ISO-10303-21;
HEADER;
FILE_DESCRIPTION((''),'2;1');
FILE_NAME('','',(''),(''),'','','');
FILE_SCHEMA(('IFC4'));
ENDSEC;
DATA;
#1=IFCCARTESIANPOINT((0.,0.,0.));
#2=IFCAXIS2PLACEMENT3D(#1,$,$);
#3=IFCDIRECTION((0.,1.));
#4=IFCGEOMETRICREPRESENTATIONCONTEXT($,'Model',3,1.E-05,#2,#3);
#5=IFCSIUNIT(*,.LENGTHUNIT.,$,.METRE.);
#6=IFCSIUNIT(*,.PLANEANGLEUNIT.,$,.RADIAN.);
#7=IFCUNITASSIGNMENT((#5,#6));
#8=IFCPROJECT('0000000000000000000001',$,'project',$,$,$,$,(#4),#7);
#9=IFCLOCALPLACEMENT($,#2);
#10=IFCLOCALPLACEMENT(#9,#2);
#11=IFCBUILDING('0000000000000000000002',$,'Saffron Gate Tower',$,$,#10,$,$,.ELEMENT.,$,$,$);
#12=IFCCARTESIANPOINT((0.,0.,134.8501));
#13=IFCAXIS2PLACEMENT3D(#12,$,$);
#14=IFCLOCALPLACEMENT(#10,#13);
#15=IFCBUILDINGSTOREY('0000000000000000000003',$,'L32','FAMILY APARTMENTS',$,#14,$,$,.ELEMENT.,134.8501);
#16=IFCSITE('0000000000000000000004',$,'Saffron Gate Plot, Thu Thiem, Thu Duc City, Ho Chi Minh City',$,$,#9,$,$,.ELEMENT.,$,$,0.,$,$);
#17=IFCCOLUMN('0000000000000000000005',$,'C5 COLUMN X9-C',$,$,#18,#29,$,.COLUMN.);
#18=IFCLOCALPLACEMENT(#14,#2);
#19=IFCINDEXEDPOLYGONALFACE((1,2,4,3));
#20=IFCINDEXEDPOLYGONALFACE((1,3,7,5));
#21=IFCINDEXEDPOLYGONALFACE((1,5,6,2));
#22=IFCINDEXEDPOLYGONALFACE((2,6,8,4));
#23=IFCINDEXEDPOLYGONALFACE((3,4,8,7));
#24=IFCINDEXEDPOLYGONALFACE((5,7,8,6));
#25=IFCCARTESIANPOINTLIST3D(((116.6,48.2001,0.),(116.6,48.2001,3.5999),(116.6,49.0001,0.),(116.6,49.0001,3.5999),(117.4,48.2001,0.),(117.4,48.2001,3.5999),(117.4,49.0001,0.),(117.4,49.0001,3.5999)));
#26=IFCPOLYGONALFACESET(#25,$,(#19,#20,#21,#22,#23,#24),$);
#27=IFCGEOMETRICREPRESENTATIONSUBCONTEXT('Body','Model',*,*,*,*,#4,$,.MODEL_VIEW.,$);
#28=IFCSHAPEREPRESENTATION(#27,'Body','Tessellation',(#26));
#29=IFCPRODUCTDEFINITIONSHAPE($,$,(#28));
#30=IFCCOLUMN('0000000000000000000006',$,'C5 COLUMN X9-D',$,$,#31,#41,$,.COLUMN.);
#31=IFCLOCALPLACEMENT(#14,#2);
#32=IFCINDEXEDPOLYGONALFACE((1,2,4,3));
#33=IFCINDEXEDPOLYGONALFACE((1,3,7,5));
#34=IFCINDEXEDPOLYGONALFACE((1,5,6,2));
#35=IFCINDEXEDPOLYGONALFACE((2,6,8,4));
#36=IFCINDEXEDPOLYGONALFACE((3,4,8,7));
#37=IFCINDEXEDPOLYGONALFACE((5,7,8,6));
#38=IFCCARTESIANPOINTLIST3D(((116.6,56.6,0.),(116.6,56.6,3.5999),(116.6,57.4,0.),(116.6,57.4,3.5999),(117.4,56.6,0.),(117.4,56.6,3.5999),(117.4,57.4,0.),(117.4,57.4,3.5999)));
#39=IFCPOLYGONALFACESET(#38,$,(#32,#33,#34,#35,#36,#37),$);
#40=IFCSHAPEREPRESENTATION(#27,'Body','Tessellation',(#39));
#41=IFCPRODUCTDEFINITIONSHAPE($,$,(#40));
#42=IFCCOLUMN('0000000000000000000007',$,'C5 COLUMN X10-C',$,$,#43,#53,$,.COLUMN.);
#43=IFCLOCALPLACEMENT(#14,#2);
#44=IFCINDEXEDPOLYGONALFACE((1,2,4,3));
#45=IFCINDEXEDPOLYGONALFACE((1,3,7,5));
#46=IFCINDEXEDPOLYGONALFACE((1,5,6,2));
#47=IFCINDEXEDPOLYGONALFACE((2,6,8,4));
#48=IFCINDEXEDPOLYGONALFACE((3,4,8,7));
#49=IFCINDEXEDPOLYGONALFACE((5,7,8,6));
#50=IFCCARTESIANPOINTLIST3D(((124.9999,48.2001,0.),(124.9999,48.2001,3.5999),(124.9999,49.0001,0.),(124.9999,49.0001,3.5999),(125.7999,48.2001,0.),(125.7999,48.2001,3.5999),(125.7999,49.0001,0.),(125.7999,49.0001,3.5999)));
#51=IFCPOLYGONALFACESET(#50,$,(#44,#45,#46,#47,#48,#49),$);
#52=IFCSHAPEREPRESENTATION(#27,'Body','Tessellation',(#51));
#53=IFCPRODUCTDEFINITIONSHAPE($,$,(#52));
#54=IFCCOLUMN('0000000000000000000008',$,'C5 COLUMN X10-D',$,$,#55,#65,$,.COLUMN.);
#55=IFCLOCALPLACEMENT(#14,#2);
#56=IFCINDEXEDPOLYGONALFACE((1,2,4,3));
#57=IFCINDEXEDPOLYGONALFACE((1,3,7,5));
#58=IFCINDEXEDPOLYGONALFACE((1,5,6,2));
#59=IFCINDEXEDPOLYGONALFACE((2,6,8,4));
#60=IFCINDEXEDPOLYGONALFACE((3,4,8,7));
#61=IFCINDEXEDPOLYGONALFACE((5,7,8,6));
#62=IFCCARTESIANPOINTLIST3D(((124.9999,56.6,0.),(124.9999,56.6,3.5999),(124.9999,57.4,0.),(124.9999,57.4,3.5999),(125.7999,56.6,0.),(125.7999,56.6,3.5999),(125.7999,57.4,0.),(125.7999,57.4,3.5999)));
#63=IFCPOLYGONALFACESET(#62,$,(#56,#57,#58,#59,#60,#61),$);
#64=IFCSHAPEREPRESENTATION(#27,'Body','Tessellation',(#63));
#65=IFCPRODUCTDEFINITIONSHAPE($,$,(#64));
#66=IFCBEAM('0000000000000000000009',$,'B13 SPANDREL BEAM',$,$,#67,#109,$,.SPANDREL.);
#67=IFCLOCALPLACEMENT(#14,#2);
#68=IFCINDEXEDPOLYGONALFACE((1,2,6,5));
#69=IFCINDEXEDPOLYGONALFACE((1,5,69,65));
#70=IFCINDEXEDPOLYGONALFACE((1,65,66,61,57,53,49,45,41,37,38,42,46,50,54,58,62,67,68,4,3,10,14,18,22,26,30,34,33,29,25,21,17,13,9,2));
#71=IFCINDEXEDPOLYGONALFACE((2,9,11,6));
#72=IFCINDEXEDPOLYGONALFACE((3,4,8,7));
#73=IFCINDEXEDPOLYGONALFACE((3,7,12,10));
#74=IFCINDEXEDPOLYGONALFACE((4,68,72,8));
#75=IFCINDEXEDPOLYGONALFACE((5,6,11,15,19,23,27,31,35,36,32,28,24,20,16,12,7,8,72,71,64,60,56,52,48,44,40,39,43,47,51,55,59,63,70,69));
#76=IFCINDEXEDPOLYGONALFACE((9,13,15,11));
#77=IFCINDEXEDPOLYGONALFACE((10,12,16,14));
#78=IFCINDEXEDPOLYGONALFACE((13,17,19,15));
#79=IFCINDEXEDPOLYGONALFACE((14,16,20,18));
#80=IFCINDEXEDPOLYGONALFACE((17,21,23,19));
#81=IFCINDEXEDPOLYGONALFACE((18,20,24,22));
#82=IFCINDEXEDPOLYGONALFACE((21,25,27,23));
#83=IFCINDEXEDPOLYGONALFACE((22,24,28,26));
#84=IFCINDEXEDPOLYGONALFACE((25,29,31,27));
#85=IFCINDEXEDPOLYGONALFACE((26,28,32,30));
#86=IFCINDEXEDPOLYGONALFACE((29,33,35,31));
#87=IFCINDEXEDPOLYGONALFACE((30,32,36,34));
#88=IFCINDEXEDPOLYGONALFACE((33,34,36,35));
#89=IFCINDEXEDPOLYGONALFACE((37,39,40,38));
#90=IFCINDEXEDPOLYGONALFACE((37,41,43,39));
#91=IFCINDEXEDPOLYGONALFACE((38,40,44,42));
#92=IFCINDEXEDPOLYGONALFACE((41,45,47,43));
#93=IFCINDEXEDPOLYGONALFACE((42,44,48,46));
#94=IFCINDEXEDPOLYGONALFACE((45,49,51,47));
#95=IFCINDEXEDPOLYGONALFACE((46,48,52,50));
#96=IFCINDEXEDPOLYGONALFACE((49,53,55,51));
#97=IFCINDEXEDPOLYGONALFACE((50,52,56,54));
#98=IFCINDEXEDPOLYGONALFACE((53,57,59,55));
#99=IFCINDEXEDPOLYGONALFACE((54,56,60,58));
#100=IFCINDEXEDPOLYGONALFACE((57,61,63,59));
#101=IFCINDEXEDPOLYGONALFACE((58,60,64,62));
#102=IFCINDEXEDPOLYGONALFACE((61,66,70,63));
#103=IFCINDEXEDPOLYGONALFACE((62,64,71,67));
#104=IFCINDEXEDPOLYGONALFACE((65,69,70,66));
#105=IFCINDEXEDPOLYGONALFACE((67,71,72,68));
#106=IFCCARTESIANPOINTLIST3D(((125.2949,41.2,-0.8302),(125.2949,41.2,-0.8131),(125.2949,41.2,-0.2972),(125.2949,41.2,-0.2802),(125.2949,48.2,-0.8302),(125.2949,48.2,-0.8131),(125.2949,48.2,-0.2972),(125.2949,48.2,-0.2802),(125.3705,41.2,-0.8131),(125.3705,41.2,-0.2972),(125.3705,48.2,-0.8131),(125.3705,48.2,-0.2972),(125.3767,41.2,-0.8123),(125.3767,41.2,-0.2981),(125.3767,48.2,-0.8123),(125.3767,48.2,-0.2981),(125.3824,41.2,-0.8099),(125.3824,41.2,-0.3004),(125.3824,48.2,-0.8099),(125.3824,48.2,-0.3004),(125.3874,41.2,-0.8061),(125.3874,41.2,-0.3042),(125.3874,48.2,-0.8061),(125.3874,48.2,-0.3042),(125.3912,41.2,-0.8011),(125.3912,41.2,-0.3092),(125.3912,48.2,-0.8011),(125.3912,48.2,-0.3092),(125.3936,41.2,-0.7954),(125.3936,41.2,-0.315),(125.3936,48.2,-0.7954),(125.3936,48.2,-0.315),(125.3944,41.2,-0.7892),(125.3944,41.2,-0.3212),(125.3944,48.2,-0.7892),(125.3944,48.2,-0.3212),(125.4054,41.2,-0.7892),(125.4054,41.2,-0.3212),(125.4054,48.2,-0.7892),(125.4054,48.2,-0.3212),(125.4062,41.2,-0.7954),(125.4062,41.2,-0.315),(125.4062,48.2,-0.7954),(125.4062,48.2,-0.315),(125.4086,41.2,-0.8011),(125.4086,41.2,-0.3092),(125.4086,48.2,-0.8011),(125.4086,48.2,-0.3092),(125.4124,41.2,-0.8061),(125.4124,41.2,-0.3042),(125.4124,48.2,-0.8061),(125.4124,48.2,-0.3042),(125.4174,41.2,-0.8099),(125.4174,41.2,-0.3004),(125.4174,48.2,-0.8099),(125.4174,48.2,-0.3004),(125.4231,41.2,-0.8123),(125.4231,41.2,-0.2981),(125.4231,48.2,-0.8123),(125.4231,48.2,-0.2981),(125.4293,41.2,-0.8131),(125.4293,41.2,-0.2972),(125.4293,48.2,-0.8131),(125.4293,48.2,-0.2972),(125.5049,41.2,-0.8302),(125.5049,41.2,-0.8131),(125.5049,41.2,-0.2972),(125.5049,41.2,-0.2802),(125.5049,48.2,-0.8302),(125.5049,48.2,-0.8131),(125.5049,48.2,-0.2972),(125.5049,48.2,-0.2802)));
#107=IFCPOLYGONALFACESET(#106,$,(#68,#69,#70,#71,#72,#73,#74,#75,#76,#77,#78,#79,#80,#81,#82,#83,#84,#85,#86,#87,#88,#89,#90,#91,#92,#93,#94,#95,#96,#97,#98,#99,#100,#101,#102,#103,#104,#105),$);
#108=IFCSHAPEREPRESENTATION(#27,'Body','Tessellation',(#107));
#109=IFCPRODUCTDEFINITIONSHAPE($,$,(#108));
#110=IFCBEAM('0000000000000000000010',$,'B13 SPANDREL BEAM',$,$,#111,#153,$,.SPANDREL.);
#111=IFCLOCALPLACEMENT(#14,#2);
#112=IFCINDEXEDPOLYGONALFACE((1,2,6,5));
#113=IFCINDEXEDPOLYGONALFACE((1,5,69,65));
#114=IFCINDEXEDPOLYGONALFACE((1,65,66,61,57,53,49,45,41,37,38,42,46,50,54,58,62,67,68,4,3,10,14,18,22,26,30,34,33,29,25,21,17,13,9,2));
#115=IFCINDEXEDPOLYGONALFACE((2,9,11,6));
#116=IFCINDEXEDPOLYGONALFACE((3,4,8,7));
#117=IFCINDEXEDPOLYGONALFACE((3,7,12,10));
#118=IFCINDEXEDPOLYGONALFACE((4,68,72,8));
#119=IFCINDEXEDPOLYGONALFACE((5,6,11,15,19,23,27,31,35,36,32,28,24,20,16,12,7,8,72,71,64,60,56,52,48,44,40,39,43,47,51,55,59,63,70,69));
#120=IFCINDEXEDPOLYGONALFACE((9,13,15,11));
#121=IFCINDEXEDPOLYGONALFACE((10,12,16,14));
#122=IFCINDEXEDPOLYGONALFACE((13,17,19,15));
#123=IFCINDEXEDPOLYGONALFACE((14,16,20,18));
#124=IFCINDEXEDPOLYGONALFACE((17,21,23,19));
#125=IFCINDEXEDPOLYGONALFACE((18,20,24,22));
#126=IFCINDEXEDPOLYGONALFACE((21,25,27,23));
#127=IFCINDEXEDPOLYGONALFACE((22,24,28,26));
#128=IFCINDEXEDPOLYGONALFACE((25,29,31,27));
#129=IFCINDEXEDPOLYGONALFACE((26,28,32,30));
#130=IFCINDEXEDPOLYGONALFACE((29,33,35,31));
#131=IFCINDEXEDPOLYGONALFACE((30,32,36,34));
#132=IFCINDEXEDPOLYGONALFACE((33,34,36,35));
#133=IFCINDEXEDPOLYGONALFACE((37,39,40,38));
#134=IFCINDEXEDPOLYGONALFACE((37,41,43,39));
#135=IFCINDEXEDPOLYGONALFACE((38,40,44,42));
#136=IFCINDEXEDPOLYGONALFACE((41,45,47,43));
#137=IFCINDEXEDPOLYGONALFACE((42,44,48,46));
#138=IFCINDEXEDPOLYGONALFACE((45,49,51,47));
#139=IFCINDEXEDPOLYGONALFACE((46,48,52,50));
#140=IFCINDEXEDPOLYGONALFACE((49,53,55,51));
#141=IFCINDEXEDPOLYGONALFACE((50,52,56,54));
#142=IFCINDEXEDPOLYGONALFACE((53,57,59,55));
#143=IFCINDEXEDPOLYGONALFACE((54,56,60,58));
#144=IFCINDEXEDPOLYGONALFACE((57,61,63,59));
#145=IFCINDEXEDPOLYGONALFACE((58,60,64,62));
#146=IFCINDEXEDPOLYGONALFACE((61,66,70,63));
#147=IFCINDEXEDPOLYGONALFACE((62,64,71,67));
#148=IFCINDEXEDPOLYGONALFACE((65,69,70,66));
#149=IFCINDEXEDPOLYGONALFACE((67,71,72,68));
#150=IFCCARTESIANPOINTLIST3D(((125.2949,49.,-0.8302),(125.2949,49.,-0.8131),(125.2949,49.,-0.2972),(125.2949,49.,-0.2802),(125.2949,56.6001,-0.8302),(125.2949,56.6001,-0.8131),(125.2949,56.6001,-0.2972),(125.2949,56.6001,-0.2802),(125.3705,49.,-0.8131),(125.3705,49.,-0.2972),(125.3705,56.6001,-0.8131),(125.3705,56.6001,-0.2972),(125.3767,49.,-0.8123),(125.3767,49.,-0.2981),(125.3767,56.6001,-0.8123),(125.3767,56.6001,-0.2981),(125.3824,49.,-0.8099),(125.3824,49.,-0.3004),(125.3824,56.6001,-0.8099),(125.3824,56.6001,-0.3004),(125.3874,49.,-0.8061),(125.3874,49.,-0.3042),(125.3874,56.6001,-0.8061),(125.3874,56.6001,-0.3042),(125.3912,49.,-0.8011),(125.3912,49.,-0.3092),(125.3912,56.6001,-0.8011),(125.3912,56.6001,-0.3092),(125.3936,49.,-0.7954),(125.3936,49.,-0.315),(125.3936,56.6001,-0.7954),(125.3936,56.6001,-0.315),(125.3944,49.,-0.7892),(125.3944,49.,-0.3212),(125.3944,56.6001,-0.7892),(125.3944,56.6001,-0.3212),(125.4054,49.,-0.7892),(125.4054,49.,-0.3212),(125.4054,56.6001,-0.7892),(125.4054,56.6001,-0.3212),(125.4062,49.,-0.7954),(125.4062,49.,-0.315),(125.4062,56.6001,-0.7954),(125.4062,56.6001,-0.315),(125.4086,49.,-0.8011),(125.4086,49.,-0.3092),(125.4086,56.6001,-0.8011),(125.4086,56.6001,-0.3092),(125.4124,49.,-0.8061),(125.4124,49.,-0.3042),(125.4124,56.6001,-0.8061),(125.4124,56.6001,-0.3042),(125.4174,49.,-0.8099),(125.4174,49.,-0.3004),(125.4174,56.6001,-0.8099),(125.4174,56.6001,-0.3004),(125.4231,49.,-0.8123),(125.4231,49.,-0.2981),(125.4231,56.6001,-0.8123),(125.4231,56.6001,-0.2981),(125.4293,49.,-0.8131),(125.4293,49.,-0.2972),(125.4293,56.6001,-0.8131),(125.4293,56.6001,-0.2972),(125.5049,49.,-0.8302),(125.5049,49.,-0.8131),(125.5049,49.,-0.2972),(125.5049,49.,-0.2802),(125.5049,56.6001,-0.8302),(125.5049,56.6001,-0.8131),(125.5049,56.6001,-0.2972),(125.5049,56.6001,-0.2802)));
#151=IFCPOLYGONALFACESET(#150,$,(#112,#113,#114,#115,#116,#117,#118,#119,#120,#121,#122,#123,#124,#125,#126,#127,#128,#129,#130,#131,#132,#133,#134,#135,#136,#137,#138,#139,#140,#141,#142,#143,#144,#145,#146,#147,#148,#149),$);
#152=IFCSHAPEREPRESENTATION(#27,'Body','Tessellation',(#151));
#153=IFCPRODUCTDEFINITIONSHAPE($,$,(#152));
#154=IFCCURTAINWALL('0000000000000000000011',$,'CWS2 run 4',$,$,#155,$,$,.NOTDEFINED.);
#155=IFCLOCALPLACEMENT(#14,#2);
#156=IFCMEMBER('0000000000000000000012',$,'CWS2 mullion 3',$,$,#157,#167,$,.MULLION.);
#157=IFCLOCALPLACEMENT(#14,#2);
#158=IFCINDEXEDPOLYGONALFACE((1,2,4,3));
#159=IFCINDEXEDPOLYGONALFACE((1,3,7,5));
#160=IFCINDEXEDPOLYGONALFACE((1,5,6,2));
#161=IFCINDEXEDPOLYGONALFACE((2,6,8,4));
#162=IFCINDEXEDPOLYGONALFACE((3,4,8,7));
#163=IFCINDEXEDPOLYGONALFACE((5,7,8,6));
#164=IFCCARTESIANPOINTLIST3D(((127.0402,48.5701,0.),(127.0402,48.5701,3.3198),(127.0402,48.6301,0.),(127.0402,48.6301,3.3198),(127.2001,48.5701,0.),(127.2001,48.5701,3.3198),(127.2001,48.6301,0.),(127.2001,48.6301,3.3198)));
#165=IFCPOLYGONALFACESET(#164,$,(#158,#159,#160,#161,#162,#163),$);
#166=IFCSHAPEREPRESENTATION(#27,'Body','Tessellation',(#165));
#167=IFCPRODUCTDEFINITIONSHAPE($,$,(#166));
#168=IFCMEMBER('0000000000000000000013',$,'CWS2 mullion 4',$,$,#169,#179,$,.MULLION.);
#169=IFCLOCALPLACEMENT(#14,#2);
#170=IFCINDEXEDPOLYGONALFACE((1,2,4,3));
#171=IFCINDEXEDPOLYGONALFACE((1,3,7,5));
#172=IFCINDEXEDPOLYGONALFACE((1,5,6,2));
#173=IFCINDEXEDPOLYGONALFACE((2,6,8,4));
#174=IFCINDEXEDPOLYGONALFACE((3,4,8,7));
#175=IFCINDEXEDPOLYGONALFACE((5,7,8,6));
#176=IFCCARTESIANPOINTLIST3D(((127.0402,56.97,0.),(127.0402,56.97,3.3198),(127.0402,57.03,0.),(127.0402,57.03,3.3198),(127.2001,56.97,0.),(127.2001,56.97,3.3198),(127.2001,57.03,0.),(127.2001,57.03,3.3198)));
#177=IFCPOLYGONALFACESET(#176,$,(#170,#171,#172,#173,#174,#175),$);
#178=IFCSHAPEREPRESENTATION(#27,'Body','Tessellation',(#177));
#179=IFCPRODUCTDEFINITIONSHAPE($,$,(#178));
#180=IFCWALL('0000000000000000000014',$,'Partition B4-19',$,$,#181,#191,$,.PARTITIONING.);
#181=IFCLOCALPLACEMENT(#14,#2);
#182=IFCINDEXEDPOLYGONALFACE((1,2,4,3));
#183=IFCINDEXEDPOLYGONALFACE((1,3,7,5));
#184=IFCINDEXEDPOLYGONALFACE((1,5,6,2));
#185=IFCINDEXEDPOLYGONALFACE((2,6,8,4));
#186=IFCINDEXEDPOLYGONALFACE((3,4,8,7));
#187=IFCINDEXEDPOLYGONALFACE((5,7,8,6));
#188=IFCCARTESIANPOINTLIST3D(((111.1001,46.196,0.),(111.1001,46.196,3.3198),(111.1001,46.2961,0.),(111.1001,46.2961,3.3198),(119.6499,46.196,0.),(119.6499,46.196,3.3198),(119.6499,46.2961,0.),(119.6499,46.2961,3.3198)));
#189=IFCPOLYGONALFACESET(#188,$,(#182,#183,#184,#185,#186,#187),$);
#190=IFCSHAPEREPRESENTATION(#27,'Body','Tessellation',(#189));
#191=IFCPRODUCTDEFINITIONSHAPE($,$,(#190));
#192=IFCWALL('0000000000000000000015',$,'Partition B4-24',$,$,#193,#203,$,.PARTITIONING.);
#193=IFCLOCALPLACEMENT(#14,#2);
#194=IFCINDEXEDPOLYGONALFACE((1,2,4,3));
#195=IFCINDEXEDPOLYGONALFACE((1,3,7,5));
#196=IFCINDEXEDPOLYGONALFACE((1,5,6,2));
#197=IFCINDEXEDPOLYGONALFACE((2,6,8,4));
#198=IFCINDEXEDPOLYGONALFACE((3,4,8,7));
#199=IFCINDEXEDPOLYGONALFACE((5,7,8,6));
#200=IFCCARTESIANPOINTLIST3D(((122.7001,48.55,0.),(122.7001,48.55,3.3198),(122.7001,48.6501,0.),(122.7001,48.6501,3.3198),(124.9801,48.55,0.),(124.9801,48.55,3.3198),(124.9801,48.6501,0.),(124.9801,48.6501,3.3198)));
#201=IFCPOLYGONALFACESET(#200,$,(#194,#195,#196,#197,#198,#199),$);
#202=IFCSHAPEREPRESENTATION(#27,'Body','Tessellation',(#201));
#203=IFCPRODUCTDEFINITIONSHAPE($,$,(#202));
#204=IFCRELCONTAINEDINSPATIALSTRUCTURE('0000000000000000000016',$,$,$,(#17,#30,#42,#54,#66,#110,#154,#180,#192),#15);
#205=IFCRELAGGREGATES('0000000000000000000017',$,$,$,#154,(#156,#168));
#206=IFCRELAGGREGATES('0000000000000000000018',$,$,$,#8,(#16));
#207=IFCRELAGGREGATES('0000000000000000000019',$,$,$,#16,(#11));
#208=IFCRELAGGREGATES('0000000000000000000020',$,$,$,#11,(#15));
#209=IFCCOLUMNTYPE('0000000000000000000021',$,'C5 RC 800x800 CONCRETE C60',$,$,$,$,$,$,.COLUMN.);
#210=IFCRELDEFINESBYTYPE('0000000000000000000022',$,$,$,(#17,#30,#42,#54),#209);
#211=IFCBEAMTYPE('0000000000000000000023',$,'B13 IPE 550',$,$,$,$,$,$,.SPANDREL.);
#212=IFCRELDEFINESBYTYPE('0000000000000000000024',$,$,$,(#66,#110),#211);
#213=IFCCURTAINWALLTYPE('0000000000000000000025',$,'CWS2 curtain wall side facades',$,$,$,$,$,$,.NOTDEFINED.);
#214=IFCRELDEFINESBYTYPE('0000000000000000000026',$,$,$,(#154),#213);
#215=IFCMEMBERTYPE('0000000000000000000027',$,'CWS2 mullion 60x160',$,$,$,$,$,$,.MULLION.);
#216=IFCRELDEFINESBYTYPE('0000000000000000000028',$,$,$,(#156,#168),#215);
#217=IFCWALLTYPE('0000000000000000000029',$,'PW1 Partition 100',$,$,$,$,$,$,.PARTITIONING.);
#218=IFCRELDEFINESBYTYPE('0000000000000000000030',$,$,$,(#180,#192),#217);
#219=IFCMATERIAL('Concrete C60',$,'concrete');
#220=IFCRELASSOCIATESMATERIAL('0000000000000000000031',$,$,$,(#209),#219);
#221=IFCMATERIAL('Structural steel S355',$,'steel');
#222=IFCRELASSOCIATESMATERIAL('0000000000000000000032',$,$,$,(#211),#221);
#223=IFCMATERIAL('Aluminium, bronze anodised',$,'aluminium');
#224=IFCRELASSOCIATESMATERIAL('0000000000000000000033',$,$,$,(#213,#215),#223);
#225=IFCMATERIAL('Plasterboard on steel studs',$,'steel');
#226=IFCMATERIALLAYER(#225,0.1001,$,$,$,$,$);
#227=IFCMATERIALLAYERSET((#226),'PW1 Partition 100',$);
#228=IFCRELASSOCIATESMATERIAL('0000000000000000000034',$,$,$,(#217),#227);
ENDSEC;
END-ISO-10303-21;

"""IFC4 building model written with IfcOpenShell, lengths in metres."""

from ifc_helpers import new_model, si_unit, direction, frame, frame_2d, origin, origin_2d, place, context, subcontext, project, spatial, rectangle, i_section, extrude, material, layer, layer_set, material_profile, profile_set, type_object, element, aggregate, save


model = new_model("IFC4")

# Units and contexts
model_context = context("Model", 3, precision=1e-05, world=origin(), true_north=direction((0.0, 1.0)))
body_context = subcontext(model_context, "Body", "Model", "MODEL_VIEW")
ifc_project = project(units=[si_unit("LENGTHUNIT", "METRE"), si_unit("PLANEANGLEUNIT", "RADIAN")], contexts=[model_context])

# Site, building, storey
site_placement = place(None, origin())
site = spatial("IfcSite", under=ifc_project, at=site_placement, Name="Saffron Gate Plot, Thu Thiem, Thu Duc City, Ho Chi Minh City", CompositionType="ELEMENT", RefElevation=0.0)
building_placement = place(site_placement, origin())
building = spatial("IfcBuilding", under=site, at=building_placement, Name="Saffron Gate Tower", CompositionType="ELEMENT")
storey_placement = place(building_placement, frame((0.0, 0.0, 134.8501)))
storey = spatial("IfcBuildingStorey", under=building, at=storey_placement, Name="L32", Description="FAMILY APARTMENTS", CompositionType="ELEMENT", Elevation=134.8501)

# Columns
ifc_material_1 = material(Name="Concrete C60", Category="concrete")
ifc_material_profile_1 = material_profile(ifc_material_1, rectangle(XDim=0.8, YDim=0.8, at=origin_2d()))
ifc_profile_set_1 = profile_set([ifc_material_profile_1], Name="Concrete C60")
column_type = type_object("IfcColumnType", Name="C5 RC 800x800 CONCRETE C60", PredefinedType="COLUMN", material=ifc_profile_set_1)
for number, where, z_axis, x_axis, name in (
    (1, (117.0, 48.6001, 0.0), (0.0, 0.0, 1.0), (1.0, 0.0, 0.0), "C5 COLUMN X9-C"),
    (2, (117.0, 57.0, 0.0), (0.0, 0.0, 1.0), (1.0, 0.0, 0.0), "C5 COLUMN X9-D"),
    (3, (125.3999, 48.6001, 0.0), (0.0, 0.0, 1.0), (1.0, 0.0, 0.0), "C5 COLUMN X10-C"),
    (4, (125.3999, 57.0, 0.0), (0.0, 0.0, 1.0), (1.0, 0.0, 0.0), "C5 COLUMN X10-D"),
):
    element("IfcColumn", number, at=place(storey_placement, frame(where, z_axis=z_axis, x_axis=x_axis)), inside=storey, type_object=column_type, Name=name, PredefinedType="COLUMN", context=body_context, shape_type="SweptSolid", body=[
        extrude(rectangle(XDim=0.8, YDim=0.8, at=origin_2d()), origin(), (0.0, 0.0, 1.0), 3.5999),
    ])

# Beams
ifc_material_2 = material(Name="Structural steel S355", Category="steel")
ifc_material_profile_2 = material_profile(ifc_material_2, i_section(OverallWidth=0.21, OverallDepth=0.55, WebThickness=0.011, FlangeThickness=0.0171, FilletRadius=0.0239, at=origin_2d()))
ifc_profile_set_2 = profile_set([ifc_material_profile_2], Name="Structural steel S355")
beam_type = type_object("IfcBeamType", Name="B13 IPE 550", PredefinedType="SPANDREL", material=ifc_profile_set_2)
beam_1_placement = place(storey_placement, frame((125.3999, 41.2, -0.5552), z_axis=(0.0, 1.0, 0.0), x_axis=(-1.0, 0.0, 0.0)))
element("IfcBeam", 5, at=beam_1_placement, inside=storey, type_object=beam_type, Name="B13 SPANDREL BEAM", PredefinedType="SPANDREL", context=body_context, shape_type="SweptSolid", body=[
    extrude(i_section(OverallWidth=0.21, OverallDepth=0.55, WebThickness=0.011, FlangeThickness=0.0171, FilletRadius=0.0239, at=origin_2d()), origin(), (0.0, 0.0, 1.0), 7.0),
])
beam_2_placement = place(storey_placement, frame((125.3999, 49.0, -0.5552), z_axis=(0.0, 1.0, 0.0), x_axis=(-1.0, 0.0, 0.0)))
element("IfcBeam", 6, at=beam_2_placement, inside=storey, type_object=beam_type, Name="B13 SPANDREL BEAM", PredefinedType="SPANDREL", context=body_context, shape_type="SweptSolid", body=[
    extrude(i_section(OverallWidth=0.21, OverallDepth=0.55, WebThickness=0.011, FlangeThickness=0.0171, FilletRadius=0.0239, at=origin_2d()), origin(), (0.0, 0.0, 1.0), 7.6001),
])

# Curtain wall, members
ifc_material_3 = material(Name="Aluminium, bronze anodised", Category="aluminium")
curtain_wall_type = type_object("IfcCurtainWallType", Name="CWS2 curtain wall side facades", PredefinedType="NOTDEFINED", material=ifc_material_3)
curtain_wall_placement = place(storey_placement, origin())
curtain_wall = element("IfcCurtainWall", 7, at=curtain_wall_placement, inside=storey, type_object=curtain_wall_type, Name="CWS2 run 4", PredefinedType="NOTDEFINED")
ifc_material_profile_3 = material_profile(ifc_material_3, rectangle(XDim=0.1599, YDim=0.0601, at=origin_2d()))
ifc_profile_set_3 = profile_set([ifc_material_profile_3], Name="Aluminium, bronze anodised")
member_type = type_object("IfcMemberType", Name="CWS2 mullion 60x160", PredefinedType="MULLION", material=ifc_profile_set_3)
member_1_placement = place(storey_placement, frame((127.1201, 48.6001, 0.0), z_axis=(0.0, 0.0, 1.0), x_axis=(-1.0, 0.0, 0.0)))
member_1 = element("IfcMember", 8, at=member_1_placement, type_object=member_type, Name="CWS2 mullion 3", PredefinedType="MULLION", context=body_context, shape_type="SweptSolid", body=[
    extrude(rectangle(XDim=0.1599, YDim=0.0601, at=origin_2d()), origin(), (0.0, 0.0, 1.0), 3.3198),
])
member_2_placement = place(storey_placement, frame((127.1201, 57.0, 0.0), z_axis=(0.0, 0.0, 1.0), x_axis=(-1.0, 0.0, 0.0)))
member_2 = element("IfcMember", 9, at=member_2_placement, type_object=member_type, Name="CWS2 mullion 4", PredefinedType="MULLION", context=body_context, shape_type="SweptSolid", body=[
    extrude(rectangle(XDim=0.1599, YDim=0.0601, at=origin_2d()), origin(), (0.0, 0.0, 1.0), 3.3198),
])
aggregate(curtain_wall, [member_1, member_2])

# Walls
ifc_material_4 = material(Name="Plasterboard on steel studs", Category="steel")
ifc_layer_1 = layer(ifc_material_4, 0.1001)
ifc_layer_set_1 = layer_set([ifc_layer_1], Name="PW1 Partition 100")
wall_type_1 = type_object("IfcWallType", Name="PW1 Partition 100", PredefinedType="PARTITIONING", material=ifc_layer_set_1)
wall_1_placement = place(storey_placement, frame((111.1001, 46.2461, 0.0), z_axis=(0.0, 0.0, 1.0), x_axis=(1.0, 0.0, 0.0)))
element("IfcWall", 10, at=wall_1_placement, inside=storey, type_object=wall_type_1, Name="Partition B4-19", PredefinedType="PARTITIONING", context=body_context, shape_type="SweptSolid", body=[
    extrude(rectangle(XDim=8.5498, YDim=0.1001, at=frame_2d((4.2749, 0.0))), origin(), (0.0, 0.0, 1.0), 3.3198),
])
wall_2_placement = place(storey_placement, frame((122.7, 48.6001, 0.0), z_axis=(0.0, 0.0, 1.0), x_axis=(1.0, 0.0, 0.0)))
element("IfcWall", 11, at=wall_2_placement, inside=storey, type_object=wall_type_1, Name="Partition B4-24", PredefinedType="PARTITIONING", context=body_context, shape_type="SweptSolid", body=[
    extrude(rectangle(XDim=2.28, YDim=0.1001, at=frame_2d((1.1401, 0.0))), origin(), (0.0, 0.0, 1.0), 3.3198),
])

save(model, "model.ifc")
